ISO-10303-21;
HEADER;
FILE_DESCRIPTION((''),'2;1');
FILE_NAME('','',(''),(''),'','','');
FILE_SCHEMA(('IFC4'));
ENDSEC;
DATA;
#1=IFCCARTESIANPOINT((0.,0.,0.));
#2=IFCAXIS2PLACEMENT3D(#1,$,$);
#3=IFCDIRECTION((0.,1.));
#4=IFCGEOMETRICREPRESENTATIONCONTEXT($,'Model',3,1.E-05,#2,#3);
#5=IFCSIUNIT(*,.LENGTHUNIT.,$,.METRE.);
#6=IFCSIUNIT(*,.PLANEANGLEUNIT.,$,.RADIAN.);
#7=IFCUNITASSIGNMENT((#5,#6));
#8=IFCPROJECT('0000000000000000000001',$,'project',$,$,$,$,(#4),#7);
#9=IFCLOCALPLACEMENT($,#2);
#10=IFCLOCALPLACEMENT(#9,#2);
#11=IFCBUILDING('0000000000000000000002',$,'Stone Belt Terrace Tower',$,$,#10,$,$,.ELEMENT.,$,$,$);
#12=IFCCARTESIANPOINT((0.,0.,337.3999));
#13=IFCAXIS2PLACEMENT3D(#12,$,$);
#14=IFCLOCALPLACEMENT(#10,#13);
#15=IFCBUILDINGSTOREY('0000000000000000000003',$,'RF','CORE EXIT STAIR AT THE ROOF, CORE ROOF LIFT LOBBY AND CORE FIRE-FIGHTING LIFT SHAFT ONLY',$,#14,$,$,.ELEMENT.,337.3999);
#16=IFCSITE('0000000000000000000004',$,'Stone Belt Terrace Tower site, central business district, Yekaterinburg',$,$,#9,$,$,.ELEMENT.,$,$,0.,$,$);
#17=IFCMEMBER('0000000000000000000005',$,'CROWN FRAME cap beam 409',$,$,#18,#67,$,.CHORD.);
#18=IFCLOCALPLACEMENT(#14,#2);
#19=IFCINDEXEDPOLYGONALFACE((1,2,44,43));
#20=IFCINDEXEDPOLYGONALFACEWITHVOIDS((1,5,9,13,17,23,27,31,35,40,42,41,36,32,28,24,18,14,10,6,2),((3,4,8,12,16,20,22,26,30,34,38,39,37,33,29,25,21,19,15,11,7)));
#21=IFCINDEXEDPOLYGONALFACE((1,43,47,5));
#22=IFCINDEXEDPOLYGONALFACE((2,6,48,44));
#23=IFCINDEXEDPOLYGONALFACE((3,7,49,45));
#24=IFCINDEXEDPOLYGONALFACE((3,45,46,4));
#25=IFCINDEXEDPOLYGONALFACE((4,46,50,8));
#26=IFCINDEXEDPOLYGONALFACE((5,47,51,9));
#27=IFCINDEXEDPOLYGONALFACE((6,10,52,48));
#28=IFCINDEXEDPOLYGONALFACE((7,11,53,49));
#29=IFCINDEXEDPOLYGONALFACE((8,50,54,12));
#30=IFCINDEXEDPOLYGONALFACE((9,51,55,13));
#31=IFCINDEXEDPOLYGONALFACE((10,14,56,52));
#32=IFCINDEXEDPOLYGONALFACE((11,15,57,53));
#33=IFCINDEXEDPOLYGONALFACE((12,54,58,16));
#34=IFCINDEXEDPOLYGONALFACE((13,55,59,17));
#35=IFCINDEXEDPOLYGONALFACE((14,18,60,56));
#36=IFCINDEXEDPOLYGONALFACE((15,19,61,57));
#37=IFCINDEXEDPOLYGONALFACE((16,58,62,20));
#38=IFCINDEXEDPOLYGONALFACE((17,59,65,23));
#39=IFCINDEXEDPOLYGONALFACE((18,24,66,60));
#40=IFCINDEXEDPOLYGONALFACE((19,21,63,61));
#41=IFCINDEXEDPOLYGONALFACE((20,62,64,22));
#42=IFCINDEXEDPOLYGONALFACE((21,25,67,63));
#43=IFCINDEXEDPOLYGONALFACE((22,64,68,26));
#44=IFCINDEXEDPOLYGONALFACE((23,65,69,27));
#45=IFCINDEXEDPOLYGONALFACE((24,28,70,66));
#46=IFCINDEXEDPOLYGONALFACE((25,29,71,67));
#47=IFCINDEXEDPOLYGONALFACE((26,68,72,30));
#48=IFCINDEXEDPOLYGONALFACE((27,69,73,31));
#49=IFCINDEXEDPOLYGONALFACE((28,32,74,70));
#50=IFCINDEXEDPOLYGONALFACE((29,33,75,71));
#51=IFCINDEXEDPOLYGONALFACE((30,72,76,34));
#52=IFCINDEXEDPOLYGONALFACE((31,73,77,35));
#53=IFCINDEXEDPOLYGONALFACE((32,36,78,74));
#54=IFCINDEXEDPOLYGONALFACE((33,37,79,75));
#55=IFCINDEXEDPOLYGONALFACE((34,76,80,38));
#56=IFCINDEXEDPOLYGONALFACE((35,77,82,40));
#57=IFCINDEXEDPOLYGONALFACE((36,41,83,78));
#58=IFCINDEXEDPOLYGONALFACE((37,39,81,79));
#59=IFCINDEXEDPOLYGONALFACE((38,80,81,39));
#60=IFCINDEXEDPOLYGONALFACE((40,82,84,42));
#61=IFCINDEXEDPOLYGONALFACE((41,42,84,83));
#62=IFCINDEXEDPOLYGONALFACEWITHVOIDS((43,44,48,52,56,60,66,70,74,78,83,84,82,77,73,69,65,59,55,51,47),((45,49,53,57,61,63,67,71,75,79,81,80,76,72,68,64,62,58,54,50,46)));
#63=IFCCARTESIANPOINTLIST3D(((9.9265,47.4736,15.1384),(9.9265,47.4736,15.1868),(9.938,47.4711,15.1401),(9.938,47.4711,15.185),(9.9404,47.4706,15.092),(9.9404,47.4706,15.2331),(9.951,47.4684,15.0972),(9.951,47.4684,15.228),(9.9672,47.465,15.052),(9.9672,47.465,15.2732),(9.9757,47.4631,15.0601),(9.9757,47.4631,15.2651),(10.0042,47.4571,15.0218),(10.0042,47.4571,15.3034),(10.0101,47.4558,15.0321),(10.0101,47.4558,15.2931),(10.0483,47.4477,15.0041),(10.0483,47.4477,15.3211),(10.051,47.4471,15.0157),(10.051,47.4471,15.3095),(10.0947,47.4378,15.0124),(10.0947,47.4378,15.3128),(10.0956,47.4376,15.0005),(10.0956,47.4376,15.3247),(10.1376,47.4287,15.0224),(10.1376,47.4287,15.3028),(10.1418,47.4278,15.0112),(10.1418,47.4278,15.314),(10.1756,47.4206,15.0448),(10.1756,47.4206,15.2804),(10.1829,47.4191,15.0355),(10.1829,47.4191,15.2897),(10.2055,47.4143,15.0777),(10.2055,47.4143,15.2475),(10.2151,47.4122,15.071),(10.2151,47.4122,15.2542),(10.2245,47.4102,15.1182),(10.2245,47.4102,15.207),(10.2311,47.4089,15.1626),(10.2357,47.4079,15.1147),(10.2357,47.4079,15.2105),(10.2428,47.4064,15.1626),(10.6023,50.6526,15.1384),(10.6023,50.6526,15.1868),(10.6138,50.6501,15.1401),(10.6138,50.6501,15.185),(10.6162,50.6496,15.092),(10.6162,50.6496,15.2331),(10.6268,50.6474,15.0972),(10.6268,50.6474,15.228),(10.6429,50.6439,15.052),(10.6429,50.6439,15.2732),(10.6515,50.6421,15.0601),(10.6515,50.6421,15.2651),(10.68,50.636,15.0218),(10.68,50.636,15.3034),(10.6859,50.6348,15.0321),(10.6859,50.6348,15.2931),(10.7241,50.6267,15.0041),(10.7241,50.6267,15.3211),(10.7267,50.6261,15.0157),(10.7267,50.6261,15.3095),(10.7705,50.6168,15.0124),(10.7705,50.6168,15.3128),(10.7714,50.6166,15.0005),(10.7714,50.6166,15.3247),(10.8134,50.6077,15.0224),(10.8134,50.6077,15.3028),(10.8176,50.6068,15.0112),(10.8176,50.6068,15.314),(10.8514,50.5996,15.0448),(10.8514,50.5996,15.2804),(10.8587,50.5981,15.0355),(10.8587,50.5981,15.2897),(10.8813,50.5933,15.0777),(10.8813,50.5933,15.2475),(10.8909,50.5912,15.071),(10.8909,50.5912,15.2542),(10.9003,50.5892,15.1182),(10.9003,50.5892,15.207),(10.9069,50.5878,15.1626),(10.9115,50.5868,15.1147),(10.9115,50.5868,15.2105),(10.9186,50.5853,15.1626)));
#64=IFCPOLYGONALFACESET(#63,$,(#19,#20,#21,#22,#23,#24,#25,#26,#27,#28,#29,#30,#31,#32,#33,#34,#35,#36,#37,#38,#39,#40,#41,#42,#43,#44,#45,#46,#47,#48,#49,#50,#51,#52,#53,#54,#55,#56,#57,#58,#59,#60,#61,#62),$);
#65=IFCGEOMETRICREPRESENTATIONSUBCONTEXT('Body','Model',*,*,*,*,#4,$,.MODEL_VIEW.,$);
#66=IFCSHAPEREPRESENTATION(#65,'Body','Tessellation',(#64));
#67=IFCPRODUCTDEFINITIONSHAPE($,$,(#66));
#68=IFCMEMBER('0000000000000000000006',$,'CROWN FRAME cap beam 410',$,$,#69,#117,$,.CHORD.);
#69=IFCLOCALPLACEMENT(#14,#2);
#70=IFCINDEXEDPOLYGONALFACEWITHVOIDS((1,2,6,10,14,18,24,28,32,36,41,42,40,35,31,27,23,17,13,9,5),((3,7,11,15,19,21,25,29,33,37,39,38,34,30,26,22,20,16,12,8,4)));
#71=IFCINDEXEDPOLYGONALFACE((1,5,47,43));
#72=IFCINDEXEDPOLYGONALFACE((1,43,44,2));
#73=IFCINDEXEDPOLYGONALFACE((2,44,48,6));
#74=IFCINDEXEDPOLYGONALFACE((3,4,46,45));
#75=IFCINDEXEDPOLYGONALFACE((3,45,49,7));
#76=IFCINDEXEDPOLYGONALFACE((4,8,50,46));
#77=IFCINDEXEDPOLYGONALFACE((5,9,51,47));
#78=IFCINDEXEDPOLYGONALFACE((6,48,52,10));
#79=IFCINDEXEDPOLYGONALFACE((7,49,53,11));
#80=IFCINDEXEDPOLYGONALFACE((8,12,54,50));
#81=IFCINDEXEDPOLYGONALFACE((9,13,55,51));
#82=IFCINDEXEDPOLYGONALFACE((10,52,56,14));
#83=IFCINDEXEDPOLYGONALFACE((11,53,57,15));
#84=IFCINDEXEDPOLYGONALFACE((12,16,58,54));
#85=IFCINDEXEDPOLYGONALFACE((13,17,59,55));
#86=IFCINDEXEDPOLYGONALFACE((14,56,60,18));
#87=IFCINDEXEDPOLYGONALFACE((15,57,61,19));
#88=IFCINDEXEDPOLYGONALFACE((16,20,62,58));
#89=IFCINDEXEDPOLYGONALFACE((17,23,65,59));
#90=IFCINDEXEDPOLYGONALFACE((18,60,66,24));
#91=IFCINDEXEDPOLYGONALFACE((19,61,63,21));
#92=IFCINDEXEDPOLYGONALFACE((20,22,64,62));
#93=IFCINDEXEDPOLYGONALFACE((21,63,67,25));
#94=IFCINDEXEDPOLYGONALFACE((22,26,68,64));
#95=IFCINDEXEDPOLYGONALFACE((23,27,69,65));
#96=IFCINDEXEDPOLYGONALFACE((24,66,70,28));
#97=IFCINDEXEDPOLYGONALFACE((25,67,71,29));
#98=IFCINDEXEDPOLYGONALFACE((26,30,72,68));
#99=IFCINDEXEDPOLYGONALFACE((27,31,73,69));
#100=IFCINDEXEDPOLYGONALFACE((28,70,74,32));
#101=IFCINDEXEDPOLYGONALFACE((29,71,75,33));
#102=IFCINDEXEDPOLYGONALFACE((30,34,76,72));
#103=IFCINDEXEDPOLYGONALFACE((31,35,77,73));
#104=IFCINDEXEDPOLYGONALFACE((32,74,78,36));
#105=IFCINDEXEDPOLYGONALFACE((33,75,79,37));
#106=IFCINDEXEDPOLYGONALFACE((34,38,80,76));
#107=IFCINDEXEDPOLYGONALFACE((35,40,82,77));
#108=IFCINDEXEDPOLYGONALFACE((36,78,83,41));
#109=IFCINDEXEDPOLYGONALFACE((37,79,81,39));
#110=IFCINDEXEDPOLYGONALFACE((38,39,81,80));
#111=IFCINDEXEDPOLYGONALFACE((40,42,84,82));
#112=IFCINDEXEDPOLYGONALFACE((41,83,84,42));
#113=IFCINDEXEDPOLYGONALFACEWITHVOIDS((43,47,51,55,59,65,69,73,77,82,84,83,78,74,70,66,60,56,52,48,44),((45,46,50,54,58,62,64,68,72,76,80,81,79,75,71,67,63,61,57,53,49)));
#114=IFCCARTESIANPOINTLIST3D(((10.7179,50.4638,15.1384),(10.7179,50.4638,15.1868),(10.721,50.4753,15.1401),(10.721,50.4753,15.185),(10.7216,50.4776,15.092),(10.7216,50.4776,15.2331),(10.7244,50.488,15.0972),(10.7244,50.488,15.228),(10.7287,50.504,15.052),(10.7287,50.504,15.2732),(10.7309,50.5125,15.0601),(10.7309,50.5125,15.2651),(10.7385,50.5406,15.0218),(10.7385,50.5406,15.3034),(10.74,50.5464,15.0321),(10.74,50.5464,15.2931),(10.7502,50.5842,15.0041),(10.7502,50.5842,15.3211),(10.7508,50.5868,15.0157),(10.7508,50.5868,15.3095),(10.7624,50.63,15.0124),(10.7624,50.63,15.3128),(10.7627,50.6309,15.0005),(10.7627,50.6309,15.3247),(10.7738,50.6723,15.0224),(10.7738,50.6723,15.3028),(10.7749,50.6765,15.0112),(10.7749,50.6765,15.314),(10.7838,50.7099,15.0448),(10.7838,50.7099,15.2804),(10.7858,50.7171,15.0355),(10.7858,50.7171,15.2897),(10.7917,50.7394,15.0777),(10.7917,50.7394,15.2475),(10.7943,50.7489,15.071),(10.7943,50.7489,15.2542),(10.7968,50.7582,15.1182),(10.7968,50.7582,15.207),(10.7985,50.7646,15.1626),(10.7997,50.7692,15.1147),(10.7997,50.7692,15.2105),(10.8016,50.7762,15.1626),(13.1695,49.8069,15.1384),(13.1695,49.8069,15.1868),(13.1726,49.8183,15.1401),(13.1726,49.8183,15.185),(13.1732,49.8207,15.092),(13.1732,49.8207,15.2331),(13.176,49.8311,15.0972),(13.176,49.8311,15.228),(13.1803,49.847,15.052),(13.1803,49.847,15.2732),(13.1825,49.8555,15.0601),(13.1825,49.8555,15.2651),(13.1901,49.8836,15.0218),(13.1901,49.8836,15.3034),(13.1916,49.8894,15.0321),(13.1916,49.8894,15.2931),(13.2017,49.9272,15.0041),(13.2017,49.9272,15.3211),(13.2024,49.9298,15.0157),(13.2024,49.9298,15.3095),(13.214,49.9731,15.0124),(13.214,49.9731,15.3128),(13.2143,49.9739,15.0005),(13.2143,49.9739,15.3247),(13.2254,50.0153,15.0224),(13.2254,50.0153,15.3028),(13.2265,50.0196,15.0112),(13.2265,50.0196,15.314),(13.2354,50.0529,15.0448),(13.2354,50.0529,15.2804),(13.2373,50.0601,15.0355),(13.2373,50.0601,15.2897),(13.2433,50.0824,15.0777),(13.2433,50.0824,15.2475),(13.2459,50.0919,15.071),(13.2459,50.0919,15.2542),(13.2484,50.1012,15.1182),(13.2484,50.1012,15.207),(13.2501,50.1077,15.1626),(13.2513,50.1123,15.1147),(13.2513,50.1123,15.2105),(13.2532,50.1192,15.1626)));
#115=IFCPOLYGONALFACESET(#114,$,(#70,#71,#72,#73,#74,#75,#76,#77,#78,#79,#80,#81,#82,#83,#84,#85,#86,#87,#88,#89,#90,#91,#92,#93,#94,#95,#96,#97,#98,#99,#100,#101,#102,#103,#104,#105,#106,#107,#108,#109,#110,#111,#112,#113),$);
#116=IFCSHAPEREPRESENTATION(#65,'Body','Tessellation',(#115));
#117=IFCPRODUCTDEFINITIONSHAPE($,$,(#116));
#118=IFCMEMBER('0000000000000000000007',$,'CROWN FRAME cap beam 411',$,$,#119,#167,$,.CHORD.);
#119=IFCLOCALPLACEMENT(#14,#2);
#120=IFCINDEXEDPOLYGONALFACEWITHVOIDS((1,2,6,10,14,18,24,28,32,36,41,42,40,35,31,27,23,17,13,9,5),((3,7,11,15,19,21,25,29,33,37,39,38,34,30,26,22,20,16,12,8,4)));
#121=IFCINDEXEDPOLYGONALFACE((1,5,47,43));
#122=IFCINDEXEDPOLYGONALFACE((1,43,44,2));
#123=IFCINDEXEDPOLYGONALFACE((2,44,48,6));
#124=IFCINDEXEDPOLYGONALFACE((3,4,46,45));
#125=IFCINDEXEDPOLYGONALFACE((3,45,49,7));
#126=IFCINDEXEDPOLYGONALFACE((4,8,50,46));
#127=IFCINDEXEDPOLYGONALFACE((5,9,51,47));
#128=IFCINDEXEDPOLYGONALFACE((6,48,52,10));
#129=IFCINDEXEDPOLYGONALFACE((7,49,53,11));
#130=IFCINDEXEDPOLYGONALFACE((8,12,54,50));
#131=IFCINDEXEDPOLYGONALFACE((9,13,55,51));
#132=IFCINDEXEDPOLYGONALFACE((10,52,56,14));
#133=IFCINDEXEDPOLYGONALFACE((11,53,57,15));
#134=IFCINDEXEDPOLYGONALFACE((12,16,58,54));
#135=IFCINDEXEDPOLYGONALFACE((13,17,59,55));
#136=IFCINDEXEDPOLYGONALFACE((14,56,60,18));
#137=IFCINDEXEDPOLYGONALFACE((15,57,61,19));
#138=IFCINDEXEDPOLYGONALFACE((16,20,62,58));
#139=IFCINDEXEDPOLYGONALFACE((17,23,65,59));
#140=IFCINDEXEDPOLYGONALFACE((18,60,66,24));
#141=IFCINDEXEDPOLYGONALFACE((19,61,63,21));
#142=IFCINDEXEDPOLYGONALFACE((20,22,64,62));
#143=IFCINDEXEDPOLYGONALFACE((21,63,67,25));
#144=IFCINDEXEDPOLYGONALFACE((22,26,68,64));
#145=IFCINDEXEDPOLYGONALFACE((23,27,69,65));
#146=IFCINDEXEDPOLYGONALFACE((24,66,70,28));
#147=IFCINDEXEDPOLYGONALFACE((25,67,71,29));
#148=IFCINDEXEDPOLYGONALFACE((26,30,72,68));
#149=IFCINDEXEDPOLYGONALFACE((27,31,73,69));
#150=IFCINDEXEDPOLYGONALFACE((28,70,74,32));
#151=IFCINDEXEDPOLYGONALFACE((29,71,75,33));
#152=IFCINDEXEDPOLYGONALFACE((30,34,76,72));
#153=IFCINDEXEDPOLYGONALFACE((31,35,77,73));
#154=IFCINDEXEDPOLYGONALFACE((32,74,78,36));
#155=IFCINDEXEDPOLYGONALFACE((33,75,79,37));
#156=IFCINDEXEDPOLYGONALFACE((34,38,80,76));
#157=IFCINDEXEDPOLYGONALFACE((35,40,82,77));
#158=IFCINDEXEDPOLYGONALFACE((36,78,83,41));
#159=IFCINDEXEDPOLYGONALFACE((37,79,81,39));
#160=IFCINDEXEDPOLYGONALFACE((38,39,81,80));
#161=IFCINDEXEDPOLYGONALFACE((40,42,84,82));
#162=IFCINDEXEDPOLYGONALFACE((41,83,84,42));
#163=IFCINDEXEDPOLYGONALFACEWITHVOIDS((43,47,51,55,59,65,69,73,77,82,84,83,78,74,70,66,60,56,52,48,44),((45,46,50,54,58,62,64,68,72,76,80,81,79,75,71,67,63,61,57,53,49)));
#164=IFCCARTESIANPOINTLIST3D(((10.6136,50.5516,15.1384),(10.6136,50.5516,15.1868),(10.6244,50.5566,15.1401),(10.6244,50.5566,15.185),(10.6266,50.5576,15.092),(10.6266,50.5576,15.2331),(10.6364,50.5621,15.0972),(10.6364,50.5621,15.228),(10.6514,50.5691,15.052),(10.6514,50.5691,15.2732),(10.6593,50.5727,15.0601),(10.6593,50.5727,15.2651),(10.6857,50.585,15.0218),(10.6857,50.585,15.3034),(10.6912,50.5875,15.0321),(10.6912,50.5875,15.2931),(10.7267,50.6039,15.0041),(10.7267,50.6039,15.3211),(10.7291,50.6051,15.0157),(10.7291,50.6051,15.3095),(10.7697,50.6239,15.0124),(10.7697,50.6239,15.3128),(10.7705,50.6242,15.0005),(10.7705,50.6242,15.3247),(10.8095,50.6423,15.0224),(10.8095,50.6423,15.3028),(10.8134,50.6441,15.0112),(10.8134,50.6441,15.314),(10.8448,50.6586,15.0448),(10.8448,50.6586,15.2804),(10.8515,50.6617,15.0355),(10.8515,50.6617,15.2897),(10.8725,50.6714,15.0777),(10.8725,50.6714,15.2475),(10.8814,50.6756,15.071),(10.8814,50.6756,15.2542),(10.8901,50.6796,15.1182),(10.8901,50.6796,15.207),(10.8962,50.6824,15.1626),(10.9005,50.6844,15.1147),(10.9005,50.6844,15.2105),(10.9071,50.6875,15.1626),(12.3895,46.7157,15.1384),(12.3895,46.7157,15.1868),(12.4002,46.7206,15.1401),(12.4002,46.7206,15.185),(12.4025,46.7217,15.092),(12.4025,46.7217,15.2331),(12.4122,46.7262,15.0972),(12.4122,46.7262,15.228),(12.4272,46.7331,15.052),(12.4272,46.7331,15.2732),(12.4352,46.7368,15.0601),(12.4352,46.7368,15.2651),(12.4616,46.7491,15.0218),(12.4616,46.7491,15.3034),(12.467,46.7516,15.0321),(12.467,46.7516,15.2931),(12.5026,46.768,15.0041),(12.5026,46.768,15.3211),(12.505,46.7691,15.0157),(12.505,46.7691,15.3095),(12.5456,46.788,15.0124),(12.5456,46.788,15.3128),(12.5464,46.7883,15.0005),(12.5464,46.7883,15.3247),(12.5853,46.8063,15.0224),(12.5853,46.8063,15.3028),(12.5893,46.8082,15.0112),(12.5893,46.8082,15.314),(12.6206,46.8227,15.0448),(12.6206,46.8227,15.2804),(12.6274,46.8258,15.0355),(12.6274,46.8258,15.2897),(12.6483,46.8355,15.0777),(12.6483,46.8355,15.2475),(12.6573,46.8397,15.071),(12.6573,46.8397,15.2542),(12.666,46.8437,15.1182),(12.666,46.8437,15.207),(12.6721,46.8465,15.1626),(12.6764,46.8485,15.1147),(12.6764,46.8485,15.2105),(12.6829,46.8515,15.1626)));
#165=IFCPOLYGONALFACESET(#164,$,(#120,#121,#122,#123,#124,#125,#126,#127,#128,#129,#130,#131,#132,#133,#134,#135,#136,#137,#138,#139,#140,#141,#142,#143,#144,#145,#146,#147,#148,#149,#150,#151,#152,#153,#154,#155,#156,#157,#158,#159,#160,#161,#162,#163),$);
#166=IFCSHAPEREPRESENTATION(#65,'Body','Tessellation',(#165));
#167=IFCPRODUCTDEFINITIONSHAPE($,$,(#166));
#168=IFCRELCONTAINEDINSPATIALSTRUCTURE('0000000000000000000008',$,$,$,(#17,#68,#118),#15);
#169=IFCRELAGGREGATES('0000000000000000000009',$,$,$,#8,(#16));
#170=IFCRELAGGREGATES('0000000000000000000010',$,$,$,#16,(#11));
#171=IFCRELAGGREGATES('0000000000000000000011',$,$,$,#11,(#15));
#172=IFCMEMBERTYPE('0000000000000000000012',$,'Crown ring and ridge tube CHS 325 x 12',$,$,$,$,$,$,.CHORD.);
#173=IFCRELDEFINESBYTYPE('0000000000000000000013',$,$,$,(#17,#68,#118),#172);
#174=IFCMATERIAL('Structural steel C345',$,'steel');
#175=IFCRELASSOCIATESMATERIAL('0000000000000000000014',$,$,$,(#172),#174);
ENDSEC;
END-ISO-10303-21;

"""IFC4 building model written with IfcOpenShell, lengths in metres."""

from ifc_helpers import new_model, si_unit, direction, frame, origin, origin_2d, place, context, subcontext, project, spatial, hollow_circle, extrude, material, material_profile, profile_set, type_object, element, save


model = new_model("IFC4")

# Units and contexts
model_context = context("Model", 3, precision=1e-05, world=origin(), true_north=direction((0.0, 1.0)))
body_context = subcontext(model_context, "Body", "Model", "MODEL_VIEW")
ifc_project = project(units=[si_unit("LENGTHUNIT", "METRE"), si_unit("PLANEANGLEUNIT", "RADIAN")], contexts=[model_context])

# Site, building, storey
site_placement = place(None, origin())
site = spatial("IfcSite", under=ifc_project, at=site_placement, Name="Stone Belt Terrace Tower site, central business district, Yekaterinburg", CompositionType="ELEMENT", RefElevation=0.0)
building_placement = place(site_placement, origin())
building = spatial("IfcBuilding", under=site, at=building_placement, Name="Stone Belt Terrace Tower", CompositionType="ELEMENT")
storey_placement = place(building_placement, frame((0.0, 0.0, 337.3999)))
storey = spatial("IfcBuildingStorey", under=building, at=storey_placement, Name="RF", Description="CORE EXIT STAIR AT THE ROOF, CORE ROOF LIFT LOBBY AND CORE FIRE-FIGHTING LIFT SHAFT ONLY", CompositionType="ELEMENT", Elevation=337.3999)

# Members
ifc_material_1 = material(Name="Structural steel C345", Category="steel")
ifc_material_profile_1 = material_profile(ifc_material_1, hollow_circle(Radius=0.1626, WallThickness=0.012, at=origin_2d()), Name="Structural steel C345 CHS 325x12")
ifc_profile_set_1 = profile_set([ifc_material_profile_1], Name="Structural steel C345")
member_type_1 = type_object("IfcMemberType", Name="Crown ring and ridge tube CHS 325 x 12", PredefinedType="CHORD", material=ifc_profile_set_1)
for number, where, z_axis, x_axis, name in (
    (1, (10.7595, 50.6191, 15.1626), (-0.207933, -0.978143, 0.0), (0.978143, -0.207933, 0.0), "CROWN FRAME cap beam 409"),
):
    element("IfcMember", number, at=place(storey_placement, frame(where, z_axis=z_axis, x_axis=x_axis)), inside=storey, type_object=member_type_1, Name=name, PredefinedType="CHORD", context=body_context, shape_type="SweptSolid", body=[
        extrude(hollow_circle(Radius=0.1626, WallThickness=0.012, at=origin_2d()), origin(), (0.0, 0.0, 1.0), 3.25),
    ])
member_1_placement = place(storey_placement, frame((10.7595, 50.6191, 15.1626), z_axis=(0.96592, -0.258842, 0.0), x_axis=(0.258842, 0.96592, 0.0)))
element("IfcMember", 2, at=member_1_placement, inside=storey, type_object=member_type_1, Name="CROWN FRAME cap beam 410", PredefinedType="CHORD", context=body_context, shape_type="SweptSolid", body=[
    extrude(hollow_circle(Radius=0.1626, WallThickness=0.012, at=origin_2d()), origin(), (0.0, 0.0, 1.0), 2.5381),
])
member_2_placement = place(storey_placement, frame((10.7595, 50.6191, 15.1626), z_axis=(0.42012, -0.907469, 0.0), x_axis=(0.907469, 0.42012, 0.0)))
element("IfcMember", 3, at=member_2_placement, inside=storey, type_object=member_type_1, Name="CROWN FRAME cap beam 411", PredefinedType="CHORD", context=body_context, shape_type="SweptSolid", body=[
    extrude(hollow_circle(Radius=0.1626, WallThickness=0.012, at=origin_2d()), origin(), (0.0, 0.0, 1.0), 4.2271),
])

save(model, "model.ifc")
